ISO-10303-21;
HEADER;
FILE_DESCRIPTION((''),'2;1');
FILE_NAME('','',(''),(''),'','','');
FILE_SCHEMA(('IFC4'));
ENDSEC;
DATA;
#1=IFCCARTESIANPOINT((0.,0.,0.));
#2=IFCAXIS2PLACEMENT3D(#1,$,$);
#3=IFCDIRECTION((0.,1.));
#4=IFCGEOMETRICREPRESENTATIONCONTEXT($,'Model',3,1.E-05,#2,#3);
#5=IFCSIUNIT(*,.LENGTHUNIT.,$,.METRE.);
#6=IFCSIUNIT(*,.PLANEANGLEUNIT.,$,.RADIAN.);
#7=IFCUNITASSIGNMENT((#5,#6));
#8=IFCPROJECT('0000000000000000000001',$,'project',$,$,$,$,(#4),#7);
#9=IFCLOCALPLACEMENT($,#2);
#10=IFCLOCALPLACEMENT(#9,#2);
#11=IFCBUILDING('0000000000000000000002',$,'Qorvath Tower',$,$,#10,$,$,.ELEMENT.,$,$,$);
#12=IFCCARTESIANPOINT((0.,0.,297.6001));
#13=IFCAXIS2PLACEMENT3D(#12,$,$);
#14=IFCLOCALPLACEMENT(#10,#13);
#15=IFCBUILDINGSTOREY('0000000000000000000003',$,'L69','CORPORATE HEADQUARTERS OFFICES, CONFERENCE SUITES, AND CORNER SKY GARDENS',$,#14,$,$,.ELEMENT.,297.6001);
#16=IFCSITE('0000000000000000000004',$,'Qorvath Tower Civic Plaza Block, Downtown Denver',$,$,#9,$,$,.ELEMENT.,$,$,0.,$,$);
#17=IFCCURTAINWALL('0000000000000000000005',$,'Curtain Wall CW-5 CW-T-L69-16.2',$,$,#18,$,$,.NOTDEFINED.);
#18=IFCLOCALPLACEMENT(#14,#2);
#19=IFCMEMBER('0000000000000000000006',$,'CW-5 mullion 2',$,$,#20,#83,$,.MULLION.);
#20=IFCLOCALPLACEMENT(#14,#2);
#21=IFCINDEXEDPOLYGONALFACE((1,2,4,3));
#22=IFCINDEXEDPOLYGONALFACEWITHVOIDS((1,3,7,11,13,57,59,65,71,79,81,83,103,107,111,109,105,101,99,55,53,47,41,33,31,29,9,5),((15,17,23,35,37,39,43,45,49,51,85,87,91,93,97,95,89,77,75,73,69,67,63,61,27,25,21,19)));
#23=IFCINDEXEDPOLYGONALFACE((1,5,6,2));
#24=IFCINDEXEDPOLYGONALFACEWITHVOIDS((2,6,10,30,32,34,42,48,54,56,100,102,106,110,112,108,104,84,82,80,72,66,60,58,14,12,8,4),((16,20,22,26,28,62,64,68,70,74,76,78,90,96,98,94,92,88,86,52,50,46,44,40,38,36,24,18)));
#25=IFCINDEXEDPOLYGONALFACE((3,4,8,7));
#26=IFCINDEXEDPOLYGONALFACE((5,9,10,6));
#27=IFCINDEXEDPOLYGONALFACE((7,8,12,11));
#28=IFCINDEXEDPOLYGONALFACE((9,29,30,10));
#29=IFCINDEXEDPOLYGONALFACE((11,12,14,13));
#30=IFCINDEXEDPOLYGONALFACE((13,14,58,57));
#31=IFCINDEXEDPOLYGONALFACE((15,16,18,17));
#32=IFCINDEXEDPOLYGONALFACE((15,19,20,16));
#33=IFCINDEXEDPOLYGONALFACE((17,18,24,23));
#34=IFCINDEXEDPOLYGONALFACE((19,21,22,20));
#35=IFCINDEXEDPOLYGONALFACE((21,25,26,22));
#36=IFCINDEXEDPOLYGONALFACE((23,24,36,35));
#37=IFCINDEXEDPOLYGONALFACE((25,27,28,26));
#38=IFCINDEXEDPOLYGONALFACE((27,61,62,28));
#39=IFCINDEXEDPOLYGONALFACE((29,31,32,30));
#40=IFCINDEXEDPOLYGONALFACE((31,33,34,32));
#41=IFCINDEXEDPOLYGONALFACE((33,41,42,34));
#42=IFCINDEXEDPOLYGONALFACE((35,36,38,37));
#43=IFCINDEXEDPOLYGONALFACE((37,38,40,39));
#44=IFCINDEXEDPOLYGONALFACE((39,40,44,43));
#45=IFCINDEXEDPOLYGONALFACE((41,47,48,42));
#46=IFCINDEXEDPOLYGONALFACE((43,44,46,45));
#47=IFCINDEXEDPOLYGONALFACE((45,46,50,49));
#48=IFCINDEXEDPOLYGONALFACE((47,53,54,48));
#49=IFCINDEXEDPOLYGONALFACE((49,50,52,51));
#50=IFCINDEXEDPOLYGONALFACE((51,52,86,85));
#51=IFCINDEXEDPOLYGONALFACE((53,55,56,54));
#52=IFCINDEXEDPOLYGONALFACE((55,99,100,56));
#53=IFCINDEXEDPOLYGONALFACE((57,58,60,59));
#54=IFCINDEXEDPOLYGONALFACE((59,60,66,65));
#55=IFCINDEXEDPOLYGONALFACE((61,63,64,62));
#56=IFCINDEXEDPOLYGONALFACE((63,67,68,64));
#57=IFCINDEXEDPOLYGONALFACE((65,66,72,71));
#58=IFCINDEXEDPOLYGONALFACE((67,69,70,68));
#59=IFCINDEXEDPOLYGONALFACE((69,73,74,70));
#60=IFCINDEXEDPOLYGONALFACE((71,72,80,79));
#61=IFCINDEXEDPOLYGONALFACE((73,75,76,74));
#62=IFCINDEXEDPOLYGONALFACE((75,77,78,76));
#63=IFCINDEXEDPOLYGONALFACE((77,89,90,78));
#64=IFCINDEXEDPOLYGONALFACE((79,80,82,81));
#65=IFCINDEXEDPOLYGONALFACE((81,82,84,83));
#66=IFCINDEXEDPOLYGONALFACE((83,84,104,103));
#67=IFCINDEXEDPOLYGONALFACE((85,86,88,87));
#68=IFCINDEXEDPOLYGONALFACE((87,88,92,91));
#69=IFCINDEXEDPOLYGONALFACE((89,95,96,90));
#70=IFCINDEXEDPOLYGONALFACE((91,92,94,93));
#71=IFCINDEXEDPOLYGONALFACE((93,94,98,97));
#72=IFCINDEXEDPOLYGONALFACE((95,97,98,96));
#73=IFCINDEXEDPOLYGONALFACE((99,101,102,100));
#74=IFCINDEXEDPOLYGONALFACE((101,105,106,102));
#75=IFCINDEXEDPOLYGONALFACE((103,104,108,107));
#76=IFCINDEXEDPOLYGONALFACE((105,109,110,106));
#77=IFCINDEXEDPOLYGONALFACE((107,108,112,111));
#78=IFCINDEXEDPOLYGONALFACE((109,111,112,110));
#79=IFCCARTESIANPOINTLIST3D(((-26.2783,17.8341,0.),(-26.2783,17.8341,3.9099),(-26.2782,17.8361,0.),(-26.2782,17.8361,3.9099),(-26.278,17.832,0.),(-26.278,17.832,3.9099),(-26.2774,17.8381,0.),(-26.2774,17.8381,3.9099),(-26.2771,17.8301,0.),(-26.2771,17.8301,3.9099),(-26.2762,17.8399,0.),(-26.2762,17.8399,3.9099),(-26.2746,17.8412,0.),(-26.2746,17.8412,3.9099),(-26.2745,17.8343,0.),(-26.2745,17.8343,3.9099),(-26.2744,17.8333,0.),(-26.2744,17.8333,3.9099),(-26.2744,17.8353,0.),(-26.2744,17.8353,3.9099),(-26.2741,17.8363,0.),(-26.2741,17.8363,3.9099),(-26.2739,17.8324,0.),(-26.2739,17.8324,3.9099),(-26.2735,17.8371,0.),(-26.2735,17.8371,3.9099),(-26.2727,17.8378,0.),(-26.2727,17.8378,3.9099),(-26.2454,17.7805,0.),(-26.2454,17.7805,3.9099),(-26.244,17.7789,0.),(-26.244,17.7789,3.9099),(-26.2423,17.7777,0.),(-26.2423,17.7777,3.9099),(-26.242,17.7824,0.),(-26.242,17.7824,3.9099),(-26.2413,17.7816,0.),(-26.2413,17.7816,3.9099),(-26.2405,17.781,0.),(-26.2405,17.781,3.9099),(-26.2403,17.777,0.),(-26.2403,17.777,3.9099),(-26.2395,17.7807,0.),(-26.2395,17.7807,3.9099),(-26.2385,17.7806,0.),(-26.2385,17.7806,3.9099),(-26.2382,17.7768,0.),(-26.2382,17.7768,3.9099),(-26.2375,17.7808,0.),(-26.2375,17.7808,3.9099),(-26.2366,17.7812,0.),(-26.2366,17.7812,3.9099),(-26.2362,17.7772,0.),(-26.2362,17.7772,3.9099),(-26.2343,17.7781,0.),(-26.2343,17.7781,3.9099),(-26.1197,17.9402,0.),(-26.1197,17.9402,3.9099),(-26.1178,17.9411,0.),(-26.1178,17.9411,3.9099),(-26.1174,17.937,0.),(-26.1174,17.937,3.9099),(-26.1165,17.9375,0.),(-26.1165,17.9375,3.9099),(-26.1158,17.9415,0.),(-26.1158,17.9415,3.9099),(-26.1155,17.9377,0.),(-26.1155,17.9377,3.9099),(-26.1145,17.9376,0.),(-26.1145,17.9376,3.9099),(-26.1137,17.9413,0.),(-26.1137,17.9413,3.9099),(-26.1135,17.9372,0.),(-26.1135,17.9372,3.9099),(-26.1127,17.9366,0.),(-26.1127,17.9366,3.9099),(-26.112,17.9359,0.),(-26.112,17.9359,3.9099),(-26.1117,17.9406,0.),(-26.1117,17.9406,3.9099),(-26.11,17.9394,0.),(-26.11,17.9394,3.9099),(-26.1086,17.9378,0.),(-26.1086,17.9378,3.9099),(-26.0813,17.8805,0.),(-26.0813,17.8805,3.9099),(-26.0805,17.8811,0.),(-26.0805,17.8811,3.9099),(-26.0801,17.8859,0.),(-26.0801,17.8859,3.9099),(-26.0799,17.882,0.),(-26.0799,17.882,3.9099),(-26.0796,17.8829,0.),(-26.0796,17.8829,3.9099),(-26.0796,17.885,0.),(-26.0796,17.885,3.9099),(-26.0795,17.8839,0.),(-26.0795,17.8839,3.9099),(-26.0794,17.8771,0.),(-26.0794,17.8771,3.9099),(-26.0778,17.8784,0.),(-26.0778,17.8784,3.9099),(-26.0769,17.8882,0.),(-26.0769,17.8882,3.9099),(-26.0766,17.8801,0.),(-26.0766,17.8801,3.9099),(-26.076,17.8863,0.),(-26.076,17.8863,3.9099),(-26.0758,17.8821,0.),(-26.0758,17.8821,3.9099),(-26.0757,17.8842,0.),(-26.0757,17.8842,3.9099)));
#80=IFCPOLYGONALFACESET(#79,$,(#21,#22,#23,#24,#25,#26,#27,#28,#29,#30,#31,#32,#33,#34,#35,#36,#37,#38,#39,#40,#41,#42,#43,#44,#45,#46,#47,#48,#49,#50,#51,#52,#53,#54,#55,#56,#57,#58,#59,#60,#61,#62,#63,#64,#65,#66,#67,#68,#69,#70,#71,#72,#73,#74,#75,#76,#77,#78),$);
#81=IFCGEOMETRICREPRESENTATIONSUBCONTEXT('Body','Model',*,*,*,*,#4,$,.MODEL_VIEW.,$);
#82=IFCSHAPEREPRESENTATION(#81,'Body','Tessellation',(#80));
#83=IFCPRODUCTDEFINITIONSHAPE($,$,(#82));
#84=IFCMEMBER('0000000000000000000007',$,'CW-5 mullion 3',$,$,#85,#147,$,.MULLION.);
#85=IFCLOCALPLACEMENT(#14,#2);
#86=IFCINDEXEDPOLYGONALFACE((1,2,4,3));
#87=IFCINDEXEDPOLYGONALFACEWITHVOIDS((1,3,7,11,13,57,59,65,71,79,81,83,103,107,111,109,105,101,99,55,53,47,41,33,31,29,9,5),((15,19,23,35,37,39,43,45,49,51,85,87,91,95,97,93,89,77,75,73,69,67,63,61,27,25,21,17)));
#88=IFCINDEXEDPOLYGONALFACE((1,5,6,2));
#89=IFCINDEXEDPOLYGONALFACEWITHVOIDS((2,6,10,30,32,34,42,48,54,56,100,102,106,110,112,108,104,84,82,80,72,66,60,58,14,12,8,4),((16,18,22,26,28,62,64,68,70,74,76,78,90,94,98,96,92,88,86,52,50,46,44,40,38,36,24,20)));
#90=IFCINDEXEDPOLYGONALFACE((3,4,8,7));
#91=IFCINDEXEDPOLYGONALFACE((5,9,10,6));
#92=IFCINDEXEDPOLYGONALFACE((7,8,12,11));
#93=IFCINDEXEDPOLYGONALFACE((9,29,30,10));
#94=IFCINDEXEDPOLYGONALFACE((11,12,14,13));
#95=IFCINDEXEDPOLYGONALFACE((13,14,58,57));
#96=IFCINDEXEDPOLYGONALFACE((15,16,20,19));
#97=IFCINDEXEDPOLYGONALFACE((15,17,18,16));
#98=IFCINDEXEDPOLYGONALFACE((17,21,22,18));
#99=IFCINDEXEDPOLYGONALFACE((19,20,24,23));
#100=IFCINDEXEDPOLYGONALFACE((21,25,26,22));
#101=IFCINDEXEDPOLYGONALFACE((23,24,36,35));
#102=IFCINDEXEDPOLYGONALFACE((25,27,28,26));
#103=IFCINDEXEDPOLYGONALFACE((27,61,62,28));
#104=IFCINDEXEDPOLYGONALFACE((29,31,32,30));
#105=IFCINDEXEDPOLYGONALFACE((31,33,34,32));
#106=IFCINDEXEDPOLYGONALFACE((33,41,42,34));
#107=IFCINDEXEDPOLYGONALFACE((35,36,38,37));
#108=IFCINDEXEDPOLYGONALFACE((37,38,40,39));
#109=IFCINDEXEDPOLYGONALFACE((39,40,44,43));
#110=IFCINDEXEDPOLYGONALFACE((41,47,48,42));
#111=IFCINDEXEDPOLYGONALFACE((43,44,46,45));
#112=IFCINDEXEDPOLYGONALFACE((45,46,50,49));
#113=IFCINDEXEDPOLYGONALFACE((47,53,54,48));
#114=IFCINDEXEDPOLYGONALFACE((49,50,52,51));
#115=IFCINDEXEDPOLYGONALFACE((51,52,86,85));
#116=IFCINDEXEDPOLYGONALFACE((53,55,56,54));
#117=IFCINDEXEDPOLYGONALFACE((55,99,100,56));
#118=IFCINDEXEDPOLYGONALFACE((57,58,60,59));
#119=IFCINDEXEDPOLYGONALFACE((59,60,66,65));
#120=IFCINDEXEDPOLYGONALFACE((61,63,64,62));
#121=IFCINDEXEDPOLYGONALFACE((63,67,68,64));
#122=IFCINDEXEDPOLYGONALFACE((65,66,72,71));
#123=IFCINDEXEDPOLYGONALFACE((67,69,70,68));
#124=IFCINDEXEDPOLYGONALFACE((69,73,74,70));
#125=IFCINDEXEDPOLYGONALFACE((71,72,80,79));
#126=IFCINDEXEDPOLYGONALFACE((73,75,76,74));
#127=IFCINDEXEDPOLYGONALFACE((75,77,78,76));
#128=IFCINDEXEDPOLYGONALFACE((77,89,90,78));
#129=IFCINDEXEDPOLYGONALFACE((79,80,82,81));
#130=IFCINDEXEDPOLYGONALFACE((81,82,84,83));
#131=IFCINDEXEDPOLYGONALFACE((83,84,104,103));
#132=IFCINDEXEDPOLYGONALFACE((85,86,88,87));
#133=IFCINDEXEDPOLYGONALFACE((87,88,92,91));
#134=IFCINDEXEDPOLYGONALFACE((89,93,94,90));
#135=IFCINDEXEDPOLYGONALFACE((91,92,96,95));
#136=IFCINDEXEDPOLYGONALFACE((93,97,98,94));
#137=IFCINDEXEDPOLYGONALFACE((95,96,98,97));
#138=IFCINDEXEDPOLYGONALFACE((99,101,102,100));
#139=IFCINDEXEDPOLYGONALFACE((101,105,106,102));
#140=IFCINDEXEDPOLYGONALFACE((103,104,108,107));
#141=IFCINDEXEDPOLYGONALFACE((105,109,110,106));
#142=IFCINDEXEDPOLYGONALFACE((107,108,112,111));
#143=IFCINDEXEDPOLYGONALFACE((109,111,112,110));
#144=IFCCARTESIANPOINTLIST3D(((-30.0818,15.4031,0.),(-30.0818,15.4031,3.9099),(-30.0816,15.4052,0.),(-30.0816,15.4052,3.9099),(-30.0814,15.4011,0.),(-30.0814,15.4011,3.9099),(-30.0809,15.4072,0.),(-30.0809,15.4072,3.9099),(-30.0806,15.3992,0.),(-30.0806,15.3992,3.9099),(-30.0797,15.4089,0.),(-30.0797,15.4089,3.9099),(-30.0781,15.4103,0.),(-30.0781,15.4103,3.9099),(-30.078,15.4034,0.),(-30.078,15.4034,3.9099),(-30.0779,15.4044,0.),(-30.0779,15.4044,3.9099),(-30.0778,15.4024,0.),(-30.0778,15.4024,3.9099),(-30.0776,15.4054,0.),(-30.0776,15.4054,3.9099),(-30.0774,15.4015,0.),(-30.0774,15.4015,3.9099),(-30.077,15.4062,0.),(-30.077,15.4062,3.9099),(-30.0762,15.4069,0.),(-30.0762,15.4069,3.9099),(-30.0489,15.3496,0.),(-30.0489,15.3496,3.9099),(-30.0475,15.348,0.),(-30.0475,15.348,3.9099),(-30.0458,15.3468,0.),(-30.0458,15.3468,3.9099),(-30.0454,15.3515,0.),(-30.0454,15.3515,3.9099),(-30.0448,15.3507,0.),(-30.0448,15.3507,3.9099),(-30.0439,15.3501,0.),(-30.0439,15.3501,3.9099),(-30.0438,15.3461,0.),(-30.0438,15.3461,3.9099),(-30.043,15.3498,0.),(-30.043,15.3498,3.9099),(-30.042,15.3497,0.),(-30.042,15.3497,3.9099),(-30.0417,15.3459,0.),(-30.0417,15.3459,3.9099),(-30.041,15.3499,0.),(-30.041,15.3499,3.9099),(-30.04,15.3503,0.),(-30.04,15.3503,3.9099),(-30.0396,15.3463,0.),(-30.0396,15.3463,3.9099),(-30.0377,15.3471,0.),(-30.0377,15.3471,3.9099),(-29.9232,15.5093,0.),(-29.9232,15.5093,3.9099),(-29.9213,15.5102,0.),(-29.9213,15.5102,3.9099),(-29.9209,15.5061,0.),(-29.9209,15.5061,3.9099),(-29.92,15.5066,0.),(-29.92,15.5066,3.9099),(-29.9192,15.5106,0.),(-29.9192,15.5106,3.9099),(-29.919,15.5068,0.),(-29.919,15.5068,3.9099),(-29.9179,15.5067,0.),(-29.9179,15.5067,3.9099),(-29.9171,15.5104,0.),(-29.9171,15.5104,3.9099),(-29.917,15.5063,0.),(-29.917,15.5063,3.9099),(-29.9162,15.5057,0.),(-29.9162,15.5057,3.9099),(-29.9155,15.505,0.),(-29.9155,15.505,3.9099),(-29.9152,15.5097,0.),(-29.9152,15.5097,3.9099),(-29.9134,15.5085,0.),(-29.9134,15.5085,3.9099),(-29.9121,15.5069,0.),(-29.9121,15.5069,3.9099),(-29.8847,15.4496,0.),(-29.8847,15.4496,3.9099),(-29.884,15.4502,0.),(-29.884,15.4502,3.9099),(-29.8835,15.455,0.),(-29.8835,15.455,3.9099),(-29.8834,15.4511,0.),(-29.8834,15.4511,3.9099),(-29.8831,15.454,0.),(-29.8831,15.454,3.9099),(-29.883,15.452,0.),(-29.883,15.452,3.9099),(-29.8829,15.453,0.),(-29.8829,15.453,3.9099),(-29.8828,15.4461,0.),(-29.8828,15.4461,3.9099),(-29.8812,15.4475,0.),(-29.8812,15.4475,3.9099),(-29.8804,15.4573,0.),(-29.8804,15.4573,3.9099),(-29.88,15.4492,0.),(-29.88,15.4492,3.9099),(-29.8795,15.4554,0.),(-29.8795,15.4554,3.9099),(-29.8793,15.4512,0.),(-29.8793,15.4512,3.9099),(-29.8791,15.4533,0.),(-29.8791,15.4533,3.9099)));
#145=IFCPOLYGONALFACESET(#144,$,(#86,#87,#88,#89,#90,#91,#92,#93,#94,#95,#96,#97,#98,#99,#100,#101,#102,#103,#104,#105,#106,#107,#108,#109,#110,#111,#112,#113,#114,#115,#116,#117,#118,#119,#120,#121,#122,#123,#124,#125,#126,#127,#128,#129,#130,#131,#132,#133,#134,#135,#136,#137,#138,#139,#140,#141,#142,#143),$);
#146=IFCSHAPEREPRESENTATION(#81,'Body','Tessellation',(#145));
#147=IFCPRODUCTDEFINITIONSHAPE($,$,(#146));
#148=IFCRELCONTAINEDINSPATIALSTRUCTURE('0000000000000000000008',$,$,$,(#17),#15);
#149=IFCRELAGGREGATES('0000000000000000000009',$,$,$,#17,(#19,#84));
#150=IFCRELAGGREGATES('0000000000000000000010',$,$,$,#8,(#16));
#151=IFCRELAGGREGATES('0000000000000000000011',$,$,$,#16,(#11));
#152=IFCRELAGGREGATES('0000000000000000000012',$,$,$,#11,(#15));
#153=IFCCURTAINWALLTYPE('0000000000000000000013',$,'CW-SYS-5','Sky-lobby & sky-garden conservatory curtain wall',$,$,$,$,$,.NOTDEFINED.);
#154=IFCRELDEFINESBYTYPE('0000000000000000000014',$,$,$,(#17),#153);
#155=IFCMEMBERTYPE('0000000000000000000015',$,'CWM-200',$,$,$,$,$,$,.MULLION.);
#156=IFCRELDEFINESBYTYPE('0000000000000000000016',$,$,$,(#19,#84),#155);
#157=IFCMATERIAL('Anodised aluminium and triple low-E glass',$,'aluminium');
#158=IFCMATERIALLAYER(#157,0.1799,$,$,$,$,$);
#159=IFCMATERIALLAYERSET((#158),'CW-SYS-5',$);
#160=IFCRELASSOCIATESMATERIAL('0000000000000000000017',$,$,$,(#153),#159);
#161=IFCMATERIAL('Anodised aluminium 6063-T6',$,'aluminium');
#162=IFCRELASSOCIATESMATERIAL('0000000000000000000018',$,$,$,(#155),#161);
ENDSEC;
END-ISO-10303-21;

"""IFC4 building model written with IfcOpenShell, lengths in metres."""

from ifc_helpers import new_model, si_unit, direction, frame, origin, origin_2d, place, context, subcontext, project, spatial, hollow_rectangle, extrude, material, layer, layer_set, material_profile, profile_set, type_object, element, aggregate, save


model = new_model("IFC4")

# Units and contexts
model_context = context("Model", 3, precision=1e-05, world=origin(), true_north=direction((0.0, 1.0)))
body_context = subcontext(model_context, "Body", "Model", "MODEL_VIEW")
ifc_project = project(units=[si_unit("LENGTHUNIT", "METRE"), si_unit("PLANEANGLEUNIT", "RADIAN")], contexts=[model_context])

# Site, building, storey
site_placement = place(None, origin())
site = spatial("IfcSite", under=ifc_project, at=site_placement, Name="Qorvath Tower Civic Plaza Block, Downtown Denver", CompositionType="ELEMENT", RefElevation=0.0)
building_placement = place(site_placement, origin())
building = spatial("IfcBuilding", under=site, at=building_placement, Name="Qorvath Tower", CompositionType="ELEMENT")
storey_placement = place(building_placement, frame((0.0, 0.0, 297.6001)))
storey = spatial("IfcBuildingStorey", under=building, at=storey_placement, Name="L69", Description="CORPORATE HEADQUARTERS OFFICES, CONFERENCE SUITES, AND CORNER SKY GARDENS", CompositionType="ELEMENT", Elevation=297.6001)

# Curtain wall, members
ifc_material_1 = material(Name="Anodised aluminium and triple low-E glass", Category="aluminium")
ifc_layer_1 = layer(ifc_material_1, 0.1799)
ifc_layer_set_1 = layer_set([ifc_layer_1], Name="CW-SYS-5")
curtain_wall_type = type_object("IfcCurtainWallType", Name="CW-SYS-5", Description="Sky-lobby & sky-garden conservatory curtain wall", PredefinedType="NOTDEFINED", material=ifc_layer_set_1)
curtain_wall_placement = place(storey_placement, origin())
curtain_wall = element("IfcCurtainWall", 1, at=curtain_wall_placement, inside=storey, type_object=curtain_wall_type, Name="Curtain Wall CW-5 CW-T-L69-16.2", PredefinedType="NOTDEFINED")
ifc_material_2 = material(Name="Anodised aluminium 6063-T6", Category="aluminium")
ifc_material_profile_1 = material_profile(ifc_material_2, hollow_rectangle(XDim=0.075, YDim=0.2, WallThickness=0.0039, InnerFilletRadius=0.0039, OuterFilletRadius=0.0081, at=origin_2d()), Name="CWM 200x75")
ifc_profile_set_1 = profile_set([ifc_material_profile_1], Name="Anodised aluminium 6063-T6")
member_type_1 = type_object("IfcMemberType", Name="CWM-200", PredefinedType="MULLION", material=ifc_profile_set_1)
member_1_placement = place(storey_placement, frame((-26.177, 17.8591, 0.0), z_axis=(0.0, 0.0, 1.0), x_axis=(0.538541, -0.842599, 0.0)))
member_1 = element("IfcMember", 2, at=member_1_placement, type_object=member_type_1, Name="CW-5 mullion 2", PredefinedType="MULLION", context=body_context, shape_type="SweptSolid", body=[
    extrude(hollow_rectangle(XDim=0.075, YDim=0.2, WallThickness=0.0039, InnerFilletRadius=0.0039, OuterFilletRadius=0.0081, at=origin_2d()), origin(), (0.0, 0.0, 1.0), 3.9099),
])
member_2_placement = place(storey_placement, frame((-29.9805, 15.4282, 0.0), z_axis=(0.0, 0.0, 1.0), x_axis=(0.538541, -0.842599, 0.0)))
member_2 = element("IfcMember", 3, at=member_2_placement, type_object=member_type_1, Name="CW-5 mullion 3", PredefinedType="MULLION", context=body_context, shape_type="SweptSolid", body=[
    extrude(hollow_rectangle(XDim=0.075, YDim=0.2, WallThickness=0.0039, InnerFilletRadius=0.0039, OuterFilletRadius=0.0081, at=origin_2d()), origin(), (0.0, 0.0, 1.0), 3.9099),
])
aggregate(curtain_wall, [member_1, member_2])

save(model, "model.ifc")
